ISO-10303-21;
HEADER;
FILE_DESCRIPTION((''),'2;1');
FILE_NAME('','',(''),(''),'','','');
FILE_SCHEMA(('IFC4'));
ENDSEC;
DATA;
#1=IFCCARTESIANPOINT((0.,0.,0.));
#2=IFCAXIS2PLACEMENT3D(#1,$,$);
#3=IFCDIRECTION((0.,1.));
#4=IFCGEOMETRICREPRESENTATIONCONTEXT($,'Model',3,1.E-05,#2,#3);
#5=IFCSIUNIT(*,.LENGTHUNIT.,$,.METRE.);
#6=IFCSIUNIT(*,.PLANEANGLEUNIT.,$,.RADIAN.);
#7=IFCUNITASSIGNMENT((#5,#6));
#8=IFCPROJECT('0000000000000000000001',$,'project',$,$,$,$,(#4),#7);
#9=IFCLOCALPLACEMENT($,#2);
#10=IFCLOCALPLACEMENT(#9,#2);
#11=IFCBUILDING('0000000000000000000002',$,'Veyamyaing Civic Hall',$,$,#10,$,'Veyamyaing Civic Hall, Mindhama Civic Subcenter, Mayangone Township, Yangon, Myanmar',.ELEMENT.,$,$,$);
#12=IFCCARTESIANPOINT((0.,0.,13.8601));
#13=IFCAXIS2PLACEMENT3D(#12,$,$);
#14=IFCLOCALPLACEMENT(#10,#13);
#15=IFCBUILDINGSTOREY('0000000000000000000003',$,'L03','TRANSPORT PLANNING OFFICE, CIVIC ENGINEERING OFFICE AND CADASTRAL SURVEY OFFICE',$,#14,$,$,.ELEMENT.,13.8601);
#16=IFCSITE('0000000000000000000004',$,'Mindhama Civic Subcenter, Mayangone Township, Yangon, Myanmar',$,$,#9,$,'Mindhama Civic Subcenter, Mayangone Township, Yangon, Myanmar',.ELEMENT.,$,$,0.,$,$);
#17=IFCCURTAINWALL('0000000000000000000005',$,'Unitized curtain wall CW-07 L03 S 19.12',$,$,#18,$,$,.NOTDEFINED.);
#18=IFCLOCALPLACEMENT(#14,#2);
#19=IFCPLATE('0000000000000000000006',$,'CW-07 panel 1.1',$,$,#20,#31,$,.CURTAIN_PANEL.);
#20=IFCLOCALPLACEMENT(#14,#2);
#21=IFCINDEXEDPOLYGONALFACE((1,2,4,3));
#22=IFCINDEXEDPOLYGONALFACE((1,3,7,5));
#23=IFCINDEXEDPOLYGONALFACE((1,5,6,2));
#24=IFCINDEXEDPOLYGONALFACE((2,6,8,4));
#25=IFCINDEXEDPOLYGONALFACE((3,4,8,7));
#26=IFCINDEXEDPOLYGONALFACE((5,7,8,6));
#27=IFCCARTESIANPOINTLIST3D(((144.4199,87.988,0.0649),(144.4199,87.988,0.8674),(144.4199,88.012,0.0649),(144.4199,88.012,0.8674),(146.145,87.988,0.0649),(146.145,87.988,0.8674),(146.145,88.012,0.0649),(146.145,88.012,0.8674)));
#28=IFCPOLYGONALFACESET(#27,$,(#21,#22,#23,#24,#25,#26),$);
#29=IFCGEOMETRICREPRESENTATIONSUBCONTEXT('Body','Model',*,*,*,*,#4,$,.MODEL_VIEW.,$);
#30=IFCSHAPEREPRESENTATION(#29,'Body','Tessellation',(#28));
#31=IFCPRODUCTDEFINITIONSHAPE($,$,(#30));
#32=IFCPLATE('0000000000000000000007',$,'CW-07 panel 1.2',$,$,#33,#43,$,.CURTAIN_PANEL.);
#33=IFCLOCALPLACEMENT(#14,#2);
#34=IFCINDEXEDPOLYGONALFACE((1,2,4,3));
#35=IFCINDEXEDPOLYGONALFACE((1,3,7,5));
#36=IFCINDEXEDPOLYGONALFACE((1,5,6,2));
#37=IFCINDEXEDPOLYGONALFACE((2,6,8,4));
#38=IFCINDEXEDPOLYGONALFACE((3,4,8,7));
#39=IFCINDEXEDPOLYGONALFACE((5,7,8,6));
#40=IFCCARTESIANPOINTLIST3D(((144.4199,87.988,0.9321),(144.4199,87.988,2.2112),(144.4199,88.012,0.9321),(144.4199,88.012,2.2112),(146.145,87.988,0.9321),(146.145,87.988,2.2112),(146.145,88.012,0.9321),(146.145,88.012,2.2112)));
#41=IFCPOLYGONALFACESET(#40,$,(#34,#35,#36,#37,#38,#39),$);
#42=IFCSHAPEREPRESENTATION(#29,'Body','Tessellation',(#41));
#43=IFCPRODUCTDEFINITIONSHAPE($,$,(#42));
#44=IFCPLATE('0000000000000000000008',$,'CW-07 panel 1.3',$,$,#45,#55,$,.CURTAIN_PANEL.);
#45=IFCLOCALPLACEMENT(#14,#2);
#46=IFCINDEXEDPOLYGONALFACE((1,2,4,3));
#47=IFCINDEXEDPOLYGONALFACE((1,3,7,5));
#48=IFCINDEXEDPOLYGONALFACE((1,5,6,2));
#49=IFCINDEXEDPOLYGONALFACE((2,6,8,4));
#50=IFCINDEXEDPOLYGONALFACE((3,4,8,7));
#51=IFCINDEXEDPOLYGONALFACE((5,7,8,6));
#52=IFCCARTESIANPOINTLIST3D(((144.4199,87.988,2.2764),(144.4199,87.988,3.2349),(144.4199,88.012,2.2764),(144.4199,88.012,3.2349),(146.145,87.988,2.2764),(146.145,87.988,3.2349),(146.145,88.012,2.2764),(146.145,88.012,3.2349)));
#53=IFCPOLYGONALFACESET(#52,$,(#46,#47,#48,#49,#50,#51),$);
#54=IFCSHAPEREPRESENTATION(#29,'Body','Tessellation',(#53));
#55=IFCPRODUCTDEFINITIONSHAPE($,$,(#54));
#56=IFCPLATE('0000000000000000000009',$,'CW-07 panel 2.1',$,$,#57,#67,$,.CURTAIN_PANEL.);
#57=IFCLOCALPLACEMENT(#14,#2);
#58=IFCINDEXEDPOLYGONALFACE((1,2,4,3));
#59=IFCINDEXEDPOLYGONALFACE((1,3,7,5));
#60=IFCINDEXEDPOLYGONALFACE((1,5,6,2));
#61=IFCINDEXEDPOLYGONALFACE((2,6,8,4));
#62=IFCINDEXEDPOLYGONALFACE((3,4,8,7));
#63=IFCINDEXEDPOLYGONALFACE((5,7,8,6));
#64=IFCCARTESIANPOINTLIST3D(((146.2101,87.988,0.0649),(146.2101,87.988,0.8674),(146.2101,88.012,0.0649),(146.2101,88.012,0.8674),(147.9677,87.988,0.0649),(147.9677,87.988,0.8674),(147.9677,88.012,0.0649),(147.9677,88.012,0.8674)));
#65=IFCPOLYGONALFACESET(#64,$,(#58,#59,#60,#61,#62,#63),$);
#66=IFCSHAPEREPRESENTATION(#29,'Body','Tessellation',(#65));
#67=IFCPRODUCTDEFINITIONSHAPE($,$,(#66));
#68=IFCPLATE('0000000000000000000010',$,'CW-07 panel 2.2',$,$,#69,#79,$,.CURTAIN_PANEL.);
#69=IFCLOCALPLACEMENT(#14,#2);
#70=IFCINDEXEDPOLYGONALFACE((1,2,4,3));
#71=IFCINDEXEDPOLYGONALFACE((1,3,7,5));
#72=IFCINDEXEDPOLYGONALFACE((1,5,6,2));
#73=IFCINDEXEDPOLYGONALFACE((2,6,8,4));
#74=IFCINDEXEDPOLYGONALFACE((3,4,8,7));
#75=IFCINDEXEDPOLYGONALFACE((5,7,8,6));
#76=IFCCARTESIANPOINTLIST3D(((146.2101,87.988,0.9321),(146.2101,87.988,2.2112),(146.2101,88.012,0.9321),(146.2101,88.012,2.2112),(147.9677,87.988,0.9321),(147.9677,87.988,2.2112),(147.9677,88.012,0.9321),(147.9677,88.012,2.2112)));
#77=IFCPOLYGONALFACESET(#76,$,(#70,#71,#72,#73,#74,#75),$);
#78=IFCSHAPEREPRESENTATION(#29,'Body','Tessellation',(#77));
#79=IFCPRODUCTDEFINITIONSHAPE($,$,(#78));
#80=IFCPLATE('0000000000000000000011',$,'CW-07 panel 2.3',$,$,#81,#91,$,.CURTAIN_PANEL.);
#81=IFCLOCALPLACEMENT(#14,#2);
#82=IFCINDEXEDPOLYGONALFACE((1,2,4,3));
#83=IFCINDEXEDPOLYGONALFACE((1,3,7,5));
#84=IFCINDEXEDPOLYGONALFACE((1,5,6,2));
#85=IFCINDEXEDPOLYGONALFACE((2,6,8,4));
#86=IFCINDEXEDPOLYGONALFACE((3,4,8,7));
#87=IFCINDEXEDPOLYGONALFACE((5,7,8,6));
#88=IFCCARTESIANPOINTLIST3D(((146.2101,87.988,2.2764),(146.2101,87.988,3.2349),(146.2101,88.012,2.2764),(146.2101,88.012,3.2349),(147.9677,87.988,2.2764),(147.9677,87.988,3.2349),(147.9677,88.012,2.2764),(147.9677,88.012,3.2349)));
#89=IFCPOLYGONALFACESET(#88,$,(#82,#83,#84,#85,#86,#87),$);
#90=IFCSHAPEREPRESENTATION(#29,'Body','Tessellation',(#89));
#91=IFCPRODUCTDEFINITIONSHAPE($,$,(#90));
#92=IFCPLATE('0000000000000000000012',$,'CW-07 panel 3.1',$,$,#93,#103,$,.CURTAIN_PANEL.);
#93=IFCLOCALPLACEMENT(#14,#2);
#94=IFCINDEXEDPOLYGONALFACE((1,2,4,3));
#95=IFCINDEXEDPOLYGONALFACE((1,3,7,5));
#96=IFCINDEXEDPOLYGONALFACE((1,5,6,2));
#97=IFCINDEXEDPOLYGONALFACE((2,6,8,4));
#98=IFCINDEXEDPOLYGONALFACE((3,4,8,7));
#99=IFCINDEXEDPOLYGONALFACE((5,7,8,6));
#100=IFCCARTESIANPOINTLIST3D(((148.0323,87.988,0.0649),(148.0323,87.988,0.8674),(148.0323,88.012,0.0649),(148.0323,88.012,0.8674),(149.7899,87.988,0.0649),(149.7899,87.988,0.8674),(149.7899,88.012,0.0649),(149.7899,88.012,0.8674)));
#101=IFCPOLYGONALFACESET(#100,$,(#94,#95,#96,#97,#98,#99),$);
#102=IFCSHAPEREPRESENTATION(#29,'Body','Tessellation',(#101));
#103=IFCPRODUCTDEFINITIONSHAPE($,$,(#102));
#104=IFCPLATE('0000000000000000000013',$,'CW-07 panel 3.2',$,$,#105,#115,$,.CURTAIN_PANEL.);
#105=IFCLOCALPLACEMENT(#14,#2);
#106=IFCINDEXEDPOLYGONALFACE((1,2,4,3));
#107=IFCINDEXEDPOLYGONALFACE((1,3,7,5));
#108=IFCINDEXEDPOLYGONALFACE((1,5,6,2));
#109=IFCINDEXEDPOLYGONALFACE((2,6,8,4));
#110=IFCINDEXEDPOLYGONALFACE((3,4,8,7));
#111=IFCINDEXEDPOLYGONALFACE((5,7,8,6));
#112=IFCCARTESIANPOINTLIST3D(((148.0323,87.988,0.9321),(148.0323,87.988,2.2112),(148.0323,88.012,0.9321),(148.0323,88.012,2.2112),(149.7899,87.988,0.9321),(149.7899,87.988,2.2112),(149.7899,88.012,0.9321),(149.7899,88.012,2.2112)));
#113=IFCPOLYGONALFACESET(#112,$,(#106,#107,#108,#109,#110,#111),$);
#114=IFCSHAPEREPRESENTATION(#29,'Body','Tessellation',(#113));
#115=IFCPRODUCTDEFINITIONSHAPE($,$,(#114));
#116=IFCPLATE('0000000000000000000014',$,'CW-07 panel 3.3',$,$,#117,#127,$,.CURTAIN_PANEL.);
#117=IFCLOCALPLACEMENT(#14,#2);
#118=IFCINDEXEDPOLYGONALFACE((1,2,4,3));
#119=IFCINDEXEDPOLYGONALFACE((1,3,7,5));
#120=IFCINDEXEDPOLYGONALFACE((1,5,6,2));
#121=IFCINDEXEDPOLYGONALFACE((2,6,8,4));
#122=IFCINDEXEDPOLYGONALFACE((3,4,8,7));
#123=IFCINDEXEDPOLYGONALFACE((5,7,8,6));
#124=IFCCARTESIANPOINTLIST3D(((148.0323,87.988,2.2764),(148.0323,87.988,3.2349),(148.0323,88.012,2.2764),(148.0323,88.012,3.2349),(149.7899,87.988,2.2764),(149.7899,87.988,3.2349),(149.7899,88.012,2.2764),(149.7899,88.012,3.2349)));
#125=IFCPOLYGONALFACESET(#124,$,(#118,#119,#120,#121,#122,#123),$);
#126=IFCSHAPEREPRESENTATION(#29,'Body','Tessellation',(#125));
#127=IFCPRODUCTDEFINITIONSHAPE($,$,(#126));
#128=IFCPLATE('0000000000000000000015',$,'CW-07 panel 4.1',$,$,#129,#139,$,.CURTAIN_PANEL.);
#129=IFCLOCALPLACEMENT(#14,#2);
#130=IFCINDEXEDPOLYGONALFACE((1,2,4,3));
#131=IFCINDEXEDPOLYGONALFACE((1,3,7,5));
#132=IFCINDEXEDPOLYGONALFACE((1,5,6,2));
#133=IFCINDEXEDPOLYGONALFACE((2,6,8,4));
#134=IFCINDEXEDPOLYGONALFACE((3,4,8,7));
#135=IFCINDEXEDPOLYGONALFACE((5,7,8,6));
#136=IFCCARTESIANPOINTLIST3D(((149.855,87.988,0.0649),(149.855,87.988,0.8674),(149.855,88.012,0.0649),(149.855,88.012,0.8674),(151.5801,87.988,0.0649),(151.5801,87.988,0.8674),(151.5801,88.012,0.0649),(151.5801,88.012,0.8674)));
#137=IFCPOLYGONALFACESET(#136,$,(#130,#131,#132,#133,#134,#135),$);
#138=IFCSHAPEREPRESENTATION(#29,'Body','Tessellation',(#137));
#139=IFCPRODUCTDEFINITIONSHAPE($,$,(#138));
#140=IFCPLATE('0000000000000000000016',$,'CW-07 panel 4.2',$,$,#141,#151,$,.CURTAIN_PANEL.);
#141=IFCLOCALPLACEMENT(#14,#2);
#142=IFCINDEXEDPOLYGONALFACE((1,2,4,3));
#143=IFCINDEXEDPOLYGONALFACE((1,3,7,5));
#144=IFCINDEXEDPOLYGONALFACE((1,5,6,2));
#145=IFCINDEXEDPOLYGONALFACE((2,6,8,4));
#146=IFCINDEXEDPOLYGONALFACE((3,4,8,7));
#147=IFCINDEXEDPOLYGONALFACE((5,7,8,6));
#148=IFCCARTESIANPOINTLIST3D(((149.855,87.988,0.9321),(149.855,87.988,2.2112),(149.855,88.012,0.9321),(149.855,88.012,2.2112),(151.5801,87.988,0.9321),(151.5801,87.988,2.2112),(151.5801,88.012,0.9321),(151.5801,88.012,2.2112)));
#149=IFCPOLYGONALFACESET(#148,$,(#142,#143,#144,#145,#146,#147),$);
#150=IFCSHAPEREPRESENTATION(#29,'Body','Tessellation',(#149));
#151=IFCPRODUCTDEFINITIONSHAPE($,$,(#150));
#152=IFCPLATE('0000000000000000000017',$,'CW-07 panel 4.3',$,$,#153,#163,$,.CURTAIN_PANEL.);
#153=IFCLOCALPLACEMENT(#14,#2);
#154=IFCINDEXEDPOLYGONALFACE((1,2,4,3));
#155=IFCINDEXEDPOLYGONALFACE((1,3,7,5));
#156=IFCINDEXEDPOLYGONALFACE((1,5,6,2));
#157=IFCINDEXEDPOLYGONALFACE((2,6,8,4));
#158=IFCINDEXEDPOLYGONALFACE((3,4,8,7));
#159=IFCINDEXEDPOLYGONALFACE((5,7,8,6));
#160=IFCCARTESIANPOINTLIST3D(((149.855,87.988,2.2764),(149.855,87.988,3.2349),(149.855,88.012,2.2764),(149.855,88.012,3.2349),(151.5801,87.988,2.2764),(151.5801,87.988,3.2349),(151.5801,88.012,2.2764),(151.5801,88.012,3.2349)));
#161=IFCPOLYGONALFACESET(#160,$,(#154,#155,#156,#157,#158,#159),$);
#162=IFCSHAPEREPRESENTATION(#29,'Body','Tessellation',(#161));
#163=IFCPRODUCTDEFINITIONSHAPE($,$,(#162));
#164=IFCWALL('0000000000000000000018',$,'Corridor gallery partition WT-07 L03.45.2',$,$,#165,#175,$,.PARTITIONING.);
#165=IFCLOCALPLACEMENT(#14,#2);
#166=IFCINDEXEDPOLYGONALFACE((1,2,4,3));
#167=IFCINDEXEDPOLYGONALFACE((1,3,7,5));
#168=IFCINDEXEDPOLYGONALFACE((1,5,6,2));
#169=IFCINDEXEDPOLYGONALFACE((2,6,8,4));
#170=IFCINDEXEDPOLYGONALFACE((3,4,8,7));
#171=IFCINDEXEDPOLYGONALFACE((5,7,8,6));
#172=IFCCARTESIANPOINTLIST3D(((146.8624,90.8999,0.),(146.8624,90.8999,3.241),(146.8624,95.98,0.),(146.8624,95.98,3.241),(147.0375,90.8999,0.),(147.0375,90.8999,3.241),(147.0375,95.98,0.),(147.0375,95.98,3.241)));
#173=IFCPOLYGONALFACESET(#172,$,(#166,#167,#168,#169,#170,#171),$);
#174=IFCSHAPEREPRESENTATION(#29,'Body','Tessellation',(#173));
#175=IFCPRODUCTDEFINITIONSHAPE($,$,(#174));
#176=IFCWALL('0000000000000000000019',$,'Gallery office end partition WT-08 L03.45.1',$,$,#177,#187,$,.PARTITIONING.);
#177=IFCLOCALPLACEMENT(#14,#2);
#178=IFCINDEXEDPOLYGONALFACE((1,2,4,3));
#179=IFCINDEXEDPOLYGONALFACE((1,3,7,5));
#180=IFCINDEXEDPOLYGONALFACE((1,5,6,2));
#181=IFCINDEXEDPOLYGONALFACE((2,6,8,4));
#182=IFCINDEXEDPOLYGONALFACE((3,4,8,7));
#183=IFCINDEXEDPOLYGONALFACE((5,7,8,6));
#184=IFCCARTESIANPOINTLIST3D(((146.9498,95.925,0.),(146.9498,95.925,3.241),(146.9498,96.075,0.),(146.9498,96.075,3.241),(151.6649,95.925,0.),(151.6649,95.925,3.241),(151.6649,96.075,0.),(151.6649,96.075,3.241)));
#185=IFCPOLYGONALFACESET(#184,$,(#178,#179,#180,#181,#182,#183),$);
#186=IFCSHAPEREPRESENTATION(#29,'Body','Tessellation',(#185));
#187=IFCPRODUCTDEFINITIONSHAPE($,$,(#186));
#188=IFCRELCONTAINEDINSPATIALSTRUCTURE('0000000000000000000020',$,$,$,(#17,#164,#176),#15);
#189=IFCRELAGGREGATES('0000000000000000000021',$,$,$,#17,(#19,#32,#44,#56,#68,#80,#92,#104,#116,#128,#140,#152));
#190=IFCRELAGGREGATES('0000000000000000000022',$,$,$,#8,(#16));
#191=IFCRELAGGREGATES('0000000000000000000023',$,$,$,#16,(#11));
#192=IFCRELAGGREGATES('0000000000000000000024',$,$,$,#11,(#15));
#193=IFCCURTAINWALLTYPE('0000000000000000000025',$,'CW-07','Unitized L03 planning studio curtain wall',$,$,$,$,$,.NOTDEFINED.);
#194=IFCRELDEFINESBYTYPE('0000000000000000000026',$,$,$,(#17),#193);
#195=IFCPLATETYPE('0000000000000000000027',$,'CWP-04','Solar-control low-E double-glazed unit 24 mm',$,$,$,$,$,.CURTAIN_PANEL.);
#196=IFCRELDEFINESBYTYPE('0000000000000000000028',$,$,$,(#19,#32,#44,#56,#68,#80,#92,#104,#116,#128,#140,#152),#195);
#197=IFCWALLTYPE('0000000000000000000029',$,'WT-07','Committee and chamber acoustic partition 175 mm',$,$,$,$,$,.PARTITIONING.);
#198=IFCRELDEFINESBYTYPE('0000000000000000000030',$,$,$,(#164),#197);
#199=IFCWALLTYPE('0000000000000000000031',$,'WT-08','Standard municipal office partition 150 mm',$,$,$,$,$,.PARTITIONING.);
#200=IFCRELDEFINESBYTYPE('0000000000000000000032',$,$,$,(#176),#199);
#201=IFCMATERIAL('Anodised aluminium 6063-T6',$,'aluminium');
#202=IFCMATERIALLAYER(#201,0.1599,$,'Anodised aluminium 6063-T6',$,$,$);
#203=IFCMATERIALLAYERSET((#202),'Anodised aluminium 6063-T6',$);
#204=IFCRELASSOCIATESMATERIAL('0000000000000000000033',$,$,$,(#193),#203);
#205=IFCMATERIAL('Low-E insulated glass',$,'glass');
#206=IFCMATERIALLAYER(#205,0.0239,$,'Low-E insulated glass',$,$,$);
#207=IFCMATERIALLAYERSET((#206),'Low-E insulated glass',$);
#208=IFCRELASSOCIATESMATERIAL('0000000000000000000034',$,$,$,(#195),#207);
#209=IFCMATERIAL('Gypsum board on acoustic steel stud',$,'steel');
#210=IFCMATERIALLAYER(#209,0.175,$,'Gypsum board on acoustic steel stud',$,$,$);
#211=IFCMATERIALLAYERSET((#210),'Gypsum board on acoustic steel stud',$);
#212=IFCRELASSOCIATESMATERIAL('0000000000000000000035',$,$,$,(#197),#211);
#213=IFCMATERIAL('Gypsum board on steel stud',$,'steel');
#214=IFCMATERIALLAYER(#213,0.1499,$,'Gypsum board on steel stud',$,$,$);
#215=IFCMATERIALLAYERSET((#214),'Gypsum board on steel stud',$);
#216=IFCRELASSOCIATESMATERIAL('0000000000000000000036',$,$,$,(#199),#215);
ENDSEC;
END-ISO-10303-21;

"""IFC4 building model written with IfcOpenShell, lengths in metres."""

from ifc_helpers import new_model, si_unit, direction, frame, frame_2d, origin, origin_2d, place, context, subcontext, project, spatial, rectangle, extrude, material, layer, layer_set, type_object, element, aggregate, save


model = new_model("IFC4")

# Units and contexts
model_context = context("Model", 3, precision=1e-05, world=origin(), true_north=direction((0.0, 1.0)))
body_context = subcontext(model_context, "Body", "Model", "MODEL_VIEW")
ifc_project = project(units=[si_unit("LENGTHUNIT", "METRE"), si_unit("PLANEANGLEUNIT", "RADIAN")], contexts=[model_context])

# Site, building, storey
site_placement = place(None, origin())
site = spatial("IfcSite", under=ifc_project, at=site_placement, Name="Mindhama Civic Subcenter, Mayangone Township, Yangon, Myanmar", LongName="Mindhama Civic Subcenter, Mayangone Township, Yangon, Myanmar", CompositionType="ELEMENT", RefElevation=0.0)
building_placement = place(site_placement, origin())
building = spatial("IfcBuilding", under=site, at=building_placement, Name="Veyamyaing Civic Hall", LongName="Veyamyaing Civic Hall, Mindhama Civic Subcenter, Mayangone Township, Yangon, Myanmar", CompositionType="ELEMENT")
storey_placement = place(building_placement, frame((0.0, 0.0, 13.8601)))
storey = spatial("IfcBuildingStorey", under=building, at=storey_placement, Name="L03", Description="TRANSPORT PLANNING OFFICE, CIVIC ENGINEERING OFFICE AND CADASTRAL SURVEY OFFICE", CompositionType="ELEMENT", Elevation=13.8601)

# Curtain wall, plates
ifc_material_1 = material(Name="Anodised aluminium 6063-T6", Category="aluminium")
ifc_layer_1 = layer(ifc_material_1, 0.1599, Name="Anodised aluminium 6063-T6")
ifc_layer_set_1 = layer_set([ifc_layer_1], Name="Anodised aluminium 6063-T6")
curtain_wall_type = type_object("IfcCurtainWallType", Name="CW-07", Description="Unitized L03 planning studio curtain wall", PredefinedType="NOTDEFINED", material=ifc_layer_set_1)
curtain_wall_placement = place(storey_placement, origin())
curtain_wall = element("IfcCurtainWall", 1, at=curtain_wall_placement, inside=storey, type_object=curtain_wall_type, Name="Unitized curtain wall CW-07 L03 S 19.12", PredefinedType="NOTDEFINED")
ifc_material_2 = material(Name="Low-E insulated glass", Category="glass")
ifc_layer_2 = layer(ifc_material_2, 0.0239, Name="Low-E insulated glass")
ifc_layer_set_2 = layer_set([ifc_layer_2], Name="Low-E insulated glass")
plate_type = type_object("IfcPlateType", Name="CWP-04", Description="Solar-control low-E double-glazed unit 24 mm", PredefinedType="CURTAIN_PANEL", material=ifc_layer_set_2)
plate_1_placement = place(storey_placement, frame((145.2825, 88.0, 0.0649), z_axis=(0.0, 0.0, 1.0), x_axis=(1.0, 0.0, 0.0)))
plate_1 = element("IfcPlate", 2, at=plate_1_placement, type_object=plate_type, Name="CW-07 panel 1.1", PredefinedType="CURTAIN_PANEL", context=body_context, shape_type="SweptSolid", body=[
    extrude(rectangle(XDim=1.7251, YDim=0.0239, at=origin_2d()), origin(), (0.0, 0.0, 1.0), 0.8025),
])
plate_2_placement = place(storey_placement, frame((145.2825, 88.0, 0.9321), z_axis=(0.0, 0.0, 1.0), x_axis=(1.0, 0.0, 0.0)))
plate_2 = element("IfcPlate", 3, at=plate_2_placement, type_object=plate_type, Name="CW-07 panel 1.2", PredefinedType="CURTAIN_PANEL", context=body_context, shape_type="SweptSolid", body=[
    extrude(rectangle(XDim=1.7251, YDim=0.0239, at=origin_2d()), origin(), (0.0, 0.0, 1.0), 1.2791),
])
plate_3_placement = place(storey_placement, frame((145.2825, 88.0, 2.2764), z_axis=(0.0, 0.0, 1.0), x_axis=(1.0, 0.0, 0.0)))
plate_3 = element("IfcPlate", 4, at=plate_3_placement, type_object=plate_type, Name="CW-07 panel 1.3", PredefinedType="CURTAIN_PANEL", context=body_context, shape_type="SweptSolid", body=[
    extrude(rectangle(XDim=1.7251, YDim=0.0239, at=origin_2d()), origin(), (0.0, 0.0, 1.0), 0.9585),
])
plate_4_placement = place(storey_placement, frame((147.0889, 88.0, 0.0649), z_axis=(0.0, 0.0, 1.0), x_axis=(1.0, 0.0, 0.0)))
plate_4 = element("IfcPlate", 5, at=plate_4_placement, type_object=plate_type, Name="CW-07 panel 2.1", PredefinedType="CURTAIN_PANEL", context=body_context, shape_type="SweptSolid", body=[
    extrude(rectangle(XDim=1.7576, YDim=0.0239, at=origin_2d()), origin(), (0.0, 0.0, 1.0), 0.8025),
])
plate_5_placement = place(storey_placement, frame((147.0889, 88.0, 0.9321), z_axis=(0.0, 0.0, 1.0), x_axis=(1.0, 0.0, 0.0)))
plate_5 = element("IfcPlate", 6, at=plate_5_placement, type_object=plate_type, Name="CW-07 panel 2.2", PredefinedType="CURTAIN_PANEL", context=body_context, shape_type="SweptSolid", body=[
    extrude(rectangle(XDim=1.7576, YDim=0.0239, at=origin_2d()), origin(), (0.0, 0.0, 1.0), 1.2791),
])
plate_6_placement = place(storey_placement, frame((147.0889, 88.0, 2.2764), z_axis=(0.0, 0.0, 1.0), x_axis=(1.0, 0.0, 0.0)))
plate_6 = element("IfcPlate", 7, at=plate_6_placement, type_object=plate_type, Name="CW-07 panel 2.3", PredefinedType="CURTAIN_PANEL", context=body_context, shape_type="SweptSolid", body=[
    extrude(rectangle(XDim=1.7576, YDim=0.0239, at=origin_2d()), origin(), (0.0, 0.0, 1.0), 0.9585),
])
plate_7_placement = place(storey_placement, frame((148.9111, 88.0, 0.0649), z_axis=(0.0, 0.0, 1.0), x_axis=(1.0, 0.0, 0.0)))
plate_7 = element("IfcPlate", 8, at=plate_7_placement, type_object=plate_type, Name="CW-07 panel 3.1", PredefinedType="CURTAIN_PANEL", context=body_context, shape_type="SweptSolid", body=[
    extrude(rectangle(XDim=1.7576, YDim=0.0239, at=origin_2d()), origin(), (0.0, 0.0, 1.0), 0.8025),
])
plate_8_placement = place(storey_placement, frame((148.9111, 88.0, 0.9321), z_axis=(0.0, 0.0, 1.0), x_axis=(1.0, 0.0, 0.0)))
plate_8 = element("IfcPlate", 9, at=plate_8_placement, type_object=plate_type, Name="CW-07 panel 3.2", PredefinedType="CURTAIN_PANEL", context=body_context, shape_type="SweptSolid", body=[
    extrude(rectangle(XDim=1.7576, YDim=0.0239, at=origin_2d()), origin(), (0.0, 0.0, 1.0), 1.2791),
])
plate_9_placement = place(storey_placement, frame((148.9111, 88.0, 2.2764), z_axis=(0.0, 0.0, 1.0), x_axis=(1.0, 0.0, 0.0)))
plate_9 = element("IfcPlate", 10, at=plate_9_placement, type_object=plate_type, Name="CW-07 panel 3.3", PredefinedType="CURTAIN_PANEL", context=body_context, shape_type="SweptSolid", body=[
    extrude(rectangle(XDim=1.7576, YDim=0.0239, at=origin_2d()), origin(), (0.0, 0.0, 1.0), 0.9585),
])
plate_10_placement = place(storey_placement, frame((150.7175, 88.0, 0.0649), z_axis=(0.0, 0.0, 1.0), x_axis=(1.0, 0.0, 0.0)))
plate_10 = element("IfcPlate", 11, at=plate_10_placement, type_object=plate_type, Name="CW-07 panel 4.1", PredefinedType="CURTAIN_PANEL", context=body_context, shape_type="SweptSolid", body=[
    extrude(rectangle(XDim=1.7251, YDim=0.0239, at=origin_2d()), origin(), (0.0, 0.0, 1.0), 0.8025),
])
plate_11_placement = place(storey_placement, frame((150.7175, 88.0, 0.9321), z_axis=(0.0, 0.0, 1.0), x_axis=(1.0, 0.0, 0.0)))
plate_11 = element("IfcPlate", 12, at=plate_11_placement, type_object=plate_type, Name="CW-07 panel 4.2", PredefinedType="CURTAIN_PANEL", context=body_context, shape_type="SweptSolid", body=[
    extrude(rectangle(XDim=1.7251, YDim=0.0239, at=origin_2d()), origin(), (0.0, 0.0, 1.0), 1.2791),
])
plate_12_placement = place(storey_placement, frame((150.7175, 88.0, 2.2764), z_axis=(0.0, 0.0, 1.0), x_axis=(1.0, 0.0, 0.0)))
plate_12 = element("IfcPlate", 13, at=plate_12_placement, type_object=plate_type, Name="CW-07 panel 4.3", PredefinedType="CURTAIN_PANEL", context=body_context, shape_type="SweptSolid", body=[
    extrude(rectangle(XDim=1.7251, YDim=0.0239, at=origin_2d()), origin(), (0.0, 0.0, 1.0), 0.9585),
])
aggregate(curtain_wall, [plate_1, plate_2, plate_3, plate_4, plate_5, plate_6, plate_7, plate_8, plate_9, plate_10, plate_11, plate_12])

# Shared definitions
ifc_material_3 = material(Name="Gypsum board on acoustic steel stud", Category="steel")
ifc_layer_3 = layer(ifc_material_3, 0.175, Name="Gypsum board on acoustic steel stud")
ifc_layer_set_3 = layer_set([ifc_layer_3], Name="Gypsum board on acoustic steel stud")
wall_type_1 = type_object("IfcWallType", Name="WT-07", Description="Committee and chamber acoustic partition 175 mm", PredefinedType="PARTITIONING", material=ifc_layer_set_3)

# Walls
wall_1_placement = place(storey_placement, frame((146.95, 90.8999, 0.0), z_axis=(0.0, 0.0, 1.0), x_axis=(0.0, 1.0, 0.0)))
element("IfcWall", 14, at=wall_1_placement, inside=storey, type_object=wall_type_1, Name="Corridor gallery partition WT-07 L03.45.2", PredefinedType="PARTITIONING", context=body_context, shape_type="SweptSolid", body=[
    extrude(rectangle(XDim=5.0801, YDim=0.175, at=frame_2d((2.54, 0.0))), origin(), (0.0, 0.0, 1.0), 3.241),
])
ifc_material_4 = material(Name="Gypsum board on steel stud", Category="steel")
ifc_layer_4 = layer(ifc_material_4, 0.1499, Name="Gypsum board on steel stud")
ifc_layer_set_4 = layer_set([ifc_layer_4], Name="Gypsum board on steel stud")
wall_type_2 = type_object("IfcWallType", Name="WT-08", Description="Standard municipal office partition 150 mm", PredefinedType="PARTITIONING", material=ifc_layer_set_4)
wall_2_placement = place(storey_placement, frame((146.95, 96.0, 0.0), z_axis=(0.0, 0.0, 1.0), x_axis=(1.0, 0.0, 0.0)))
element("IfcWall", 15, at=wall_2_placement, inside=storey, type_object=wall_type_2, Name="Gallery office end partition WT-08 L03.45.1", PredefinedType="PARTITIONING", context=body_context, shape_type="SweptSolid", body=[
    extrude(rectangle(XDim=4.7151, YDim=0.1499, at=frame_2d((2.3574, 0.0))), origin(), (0.0, 0.0, 1.0), 3.241),
])

save(model, "model.ifc")
